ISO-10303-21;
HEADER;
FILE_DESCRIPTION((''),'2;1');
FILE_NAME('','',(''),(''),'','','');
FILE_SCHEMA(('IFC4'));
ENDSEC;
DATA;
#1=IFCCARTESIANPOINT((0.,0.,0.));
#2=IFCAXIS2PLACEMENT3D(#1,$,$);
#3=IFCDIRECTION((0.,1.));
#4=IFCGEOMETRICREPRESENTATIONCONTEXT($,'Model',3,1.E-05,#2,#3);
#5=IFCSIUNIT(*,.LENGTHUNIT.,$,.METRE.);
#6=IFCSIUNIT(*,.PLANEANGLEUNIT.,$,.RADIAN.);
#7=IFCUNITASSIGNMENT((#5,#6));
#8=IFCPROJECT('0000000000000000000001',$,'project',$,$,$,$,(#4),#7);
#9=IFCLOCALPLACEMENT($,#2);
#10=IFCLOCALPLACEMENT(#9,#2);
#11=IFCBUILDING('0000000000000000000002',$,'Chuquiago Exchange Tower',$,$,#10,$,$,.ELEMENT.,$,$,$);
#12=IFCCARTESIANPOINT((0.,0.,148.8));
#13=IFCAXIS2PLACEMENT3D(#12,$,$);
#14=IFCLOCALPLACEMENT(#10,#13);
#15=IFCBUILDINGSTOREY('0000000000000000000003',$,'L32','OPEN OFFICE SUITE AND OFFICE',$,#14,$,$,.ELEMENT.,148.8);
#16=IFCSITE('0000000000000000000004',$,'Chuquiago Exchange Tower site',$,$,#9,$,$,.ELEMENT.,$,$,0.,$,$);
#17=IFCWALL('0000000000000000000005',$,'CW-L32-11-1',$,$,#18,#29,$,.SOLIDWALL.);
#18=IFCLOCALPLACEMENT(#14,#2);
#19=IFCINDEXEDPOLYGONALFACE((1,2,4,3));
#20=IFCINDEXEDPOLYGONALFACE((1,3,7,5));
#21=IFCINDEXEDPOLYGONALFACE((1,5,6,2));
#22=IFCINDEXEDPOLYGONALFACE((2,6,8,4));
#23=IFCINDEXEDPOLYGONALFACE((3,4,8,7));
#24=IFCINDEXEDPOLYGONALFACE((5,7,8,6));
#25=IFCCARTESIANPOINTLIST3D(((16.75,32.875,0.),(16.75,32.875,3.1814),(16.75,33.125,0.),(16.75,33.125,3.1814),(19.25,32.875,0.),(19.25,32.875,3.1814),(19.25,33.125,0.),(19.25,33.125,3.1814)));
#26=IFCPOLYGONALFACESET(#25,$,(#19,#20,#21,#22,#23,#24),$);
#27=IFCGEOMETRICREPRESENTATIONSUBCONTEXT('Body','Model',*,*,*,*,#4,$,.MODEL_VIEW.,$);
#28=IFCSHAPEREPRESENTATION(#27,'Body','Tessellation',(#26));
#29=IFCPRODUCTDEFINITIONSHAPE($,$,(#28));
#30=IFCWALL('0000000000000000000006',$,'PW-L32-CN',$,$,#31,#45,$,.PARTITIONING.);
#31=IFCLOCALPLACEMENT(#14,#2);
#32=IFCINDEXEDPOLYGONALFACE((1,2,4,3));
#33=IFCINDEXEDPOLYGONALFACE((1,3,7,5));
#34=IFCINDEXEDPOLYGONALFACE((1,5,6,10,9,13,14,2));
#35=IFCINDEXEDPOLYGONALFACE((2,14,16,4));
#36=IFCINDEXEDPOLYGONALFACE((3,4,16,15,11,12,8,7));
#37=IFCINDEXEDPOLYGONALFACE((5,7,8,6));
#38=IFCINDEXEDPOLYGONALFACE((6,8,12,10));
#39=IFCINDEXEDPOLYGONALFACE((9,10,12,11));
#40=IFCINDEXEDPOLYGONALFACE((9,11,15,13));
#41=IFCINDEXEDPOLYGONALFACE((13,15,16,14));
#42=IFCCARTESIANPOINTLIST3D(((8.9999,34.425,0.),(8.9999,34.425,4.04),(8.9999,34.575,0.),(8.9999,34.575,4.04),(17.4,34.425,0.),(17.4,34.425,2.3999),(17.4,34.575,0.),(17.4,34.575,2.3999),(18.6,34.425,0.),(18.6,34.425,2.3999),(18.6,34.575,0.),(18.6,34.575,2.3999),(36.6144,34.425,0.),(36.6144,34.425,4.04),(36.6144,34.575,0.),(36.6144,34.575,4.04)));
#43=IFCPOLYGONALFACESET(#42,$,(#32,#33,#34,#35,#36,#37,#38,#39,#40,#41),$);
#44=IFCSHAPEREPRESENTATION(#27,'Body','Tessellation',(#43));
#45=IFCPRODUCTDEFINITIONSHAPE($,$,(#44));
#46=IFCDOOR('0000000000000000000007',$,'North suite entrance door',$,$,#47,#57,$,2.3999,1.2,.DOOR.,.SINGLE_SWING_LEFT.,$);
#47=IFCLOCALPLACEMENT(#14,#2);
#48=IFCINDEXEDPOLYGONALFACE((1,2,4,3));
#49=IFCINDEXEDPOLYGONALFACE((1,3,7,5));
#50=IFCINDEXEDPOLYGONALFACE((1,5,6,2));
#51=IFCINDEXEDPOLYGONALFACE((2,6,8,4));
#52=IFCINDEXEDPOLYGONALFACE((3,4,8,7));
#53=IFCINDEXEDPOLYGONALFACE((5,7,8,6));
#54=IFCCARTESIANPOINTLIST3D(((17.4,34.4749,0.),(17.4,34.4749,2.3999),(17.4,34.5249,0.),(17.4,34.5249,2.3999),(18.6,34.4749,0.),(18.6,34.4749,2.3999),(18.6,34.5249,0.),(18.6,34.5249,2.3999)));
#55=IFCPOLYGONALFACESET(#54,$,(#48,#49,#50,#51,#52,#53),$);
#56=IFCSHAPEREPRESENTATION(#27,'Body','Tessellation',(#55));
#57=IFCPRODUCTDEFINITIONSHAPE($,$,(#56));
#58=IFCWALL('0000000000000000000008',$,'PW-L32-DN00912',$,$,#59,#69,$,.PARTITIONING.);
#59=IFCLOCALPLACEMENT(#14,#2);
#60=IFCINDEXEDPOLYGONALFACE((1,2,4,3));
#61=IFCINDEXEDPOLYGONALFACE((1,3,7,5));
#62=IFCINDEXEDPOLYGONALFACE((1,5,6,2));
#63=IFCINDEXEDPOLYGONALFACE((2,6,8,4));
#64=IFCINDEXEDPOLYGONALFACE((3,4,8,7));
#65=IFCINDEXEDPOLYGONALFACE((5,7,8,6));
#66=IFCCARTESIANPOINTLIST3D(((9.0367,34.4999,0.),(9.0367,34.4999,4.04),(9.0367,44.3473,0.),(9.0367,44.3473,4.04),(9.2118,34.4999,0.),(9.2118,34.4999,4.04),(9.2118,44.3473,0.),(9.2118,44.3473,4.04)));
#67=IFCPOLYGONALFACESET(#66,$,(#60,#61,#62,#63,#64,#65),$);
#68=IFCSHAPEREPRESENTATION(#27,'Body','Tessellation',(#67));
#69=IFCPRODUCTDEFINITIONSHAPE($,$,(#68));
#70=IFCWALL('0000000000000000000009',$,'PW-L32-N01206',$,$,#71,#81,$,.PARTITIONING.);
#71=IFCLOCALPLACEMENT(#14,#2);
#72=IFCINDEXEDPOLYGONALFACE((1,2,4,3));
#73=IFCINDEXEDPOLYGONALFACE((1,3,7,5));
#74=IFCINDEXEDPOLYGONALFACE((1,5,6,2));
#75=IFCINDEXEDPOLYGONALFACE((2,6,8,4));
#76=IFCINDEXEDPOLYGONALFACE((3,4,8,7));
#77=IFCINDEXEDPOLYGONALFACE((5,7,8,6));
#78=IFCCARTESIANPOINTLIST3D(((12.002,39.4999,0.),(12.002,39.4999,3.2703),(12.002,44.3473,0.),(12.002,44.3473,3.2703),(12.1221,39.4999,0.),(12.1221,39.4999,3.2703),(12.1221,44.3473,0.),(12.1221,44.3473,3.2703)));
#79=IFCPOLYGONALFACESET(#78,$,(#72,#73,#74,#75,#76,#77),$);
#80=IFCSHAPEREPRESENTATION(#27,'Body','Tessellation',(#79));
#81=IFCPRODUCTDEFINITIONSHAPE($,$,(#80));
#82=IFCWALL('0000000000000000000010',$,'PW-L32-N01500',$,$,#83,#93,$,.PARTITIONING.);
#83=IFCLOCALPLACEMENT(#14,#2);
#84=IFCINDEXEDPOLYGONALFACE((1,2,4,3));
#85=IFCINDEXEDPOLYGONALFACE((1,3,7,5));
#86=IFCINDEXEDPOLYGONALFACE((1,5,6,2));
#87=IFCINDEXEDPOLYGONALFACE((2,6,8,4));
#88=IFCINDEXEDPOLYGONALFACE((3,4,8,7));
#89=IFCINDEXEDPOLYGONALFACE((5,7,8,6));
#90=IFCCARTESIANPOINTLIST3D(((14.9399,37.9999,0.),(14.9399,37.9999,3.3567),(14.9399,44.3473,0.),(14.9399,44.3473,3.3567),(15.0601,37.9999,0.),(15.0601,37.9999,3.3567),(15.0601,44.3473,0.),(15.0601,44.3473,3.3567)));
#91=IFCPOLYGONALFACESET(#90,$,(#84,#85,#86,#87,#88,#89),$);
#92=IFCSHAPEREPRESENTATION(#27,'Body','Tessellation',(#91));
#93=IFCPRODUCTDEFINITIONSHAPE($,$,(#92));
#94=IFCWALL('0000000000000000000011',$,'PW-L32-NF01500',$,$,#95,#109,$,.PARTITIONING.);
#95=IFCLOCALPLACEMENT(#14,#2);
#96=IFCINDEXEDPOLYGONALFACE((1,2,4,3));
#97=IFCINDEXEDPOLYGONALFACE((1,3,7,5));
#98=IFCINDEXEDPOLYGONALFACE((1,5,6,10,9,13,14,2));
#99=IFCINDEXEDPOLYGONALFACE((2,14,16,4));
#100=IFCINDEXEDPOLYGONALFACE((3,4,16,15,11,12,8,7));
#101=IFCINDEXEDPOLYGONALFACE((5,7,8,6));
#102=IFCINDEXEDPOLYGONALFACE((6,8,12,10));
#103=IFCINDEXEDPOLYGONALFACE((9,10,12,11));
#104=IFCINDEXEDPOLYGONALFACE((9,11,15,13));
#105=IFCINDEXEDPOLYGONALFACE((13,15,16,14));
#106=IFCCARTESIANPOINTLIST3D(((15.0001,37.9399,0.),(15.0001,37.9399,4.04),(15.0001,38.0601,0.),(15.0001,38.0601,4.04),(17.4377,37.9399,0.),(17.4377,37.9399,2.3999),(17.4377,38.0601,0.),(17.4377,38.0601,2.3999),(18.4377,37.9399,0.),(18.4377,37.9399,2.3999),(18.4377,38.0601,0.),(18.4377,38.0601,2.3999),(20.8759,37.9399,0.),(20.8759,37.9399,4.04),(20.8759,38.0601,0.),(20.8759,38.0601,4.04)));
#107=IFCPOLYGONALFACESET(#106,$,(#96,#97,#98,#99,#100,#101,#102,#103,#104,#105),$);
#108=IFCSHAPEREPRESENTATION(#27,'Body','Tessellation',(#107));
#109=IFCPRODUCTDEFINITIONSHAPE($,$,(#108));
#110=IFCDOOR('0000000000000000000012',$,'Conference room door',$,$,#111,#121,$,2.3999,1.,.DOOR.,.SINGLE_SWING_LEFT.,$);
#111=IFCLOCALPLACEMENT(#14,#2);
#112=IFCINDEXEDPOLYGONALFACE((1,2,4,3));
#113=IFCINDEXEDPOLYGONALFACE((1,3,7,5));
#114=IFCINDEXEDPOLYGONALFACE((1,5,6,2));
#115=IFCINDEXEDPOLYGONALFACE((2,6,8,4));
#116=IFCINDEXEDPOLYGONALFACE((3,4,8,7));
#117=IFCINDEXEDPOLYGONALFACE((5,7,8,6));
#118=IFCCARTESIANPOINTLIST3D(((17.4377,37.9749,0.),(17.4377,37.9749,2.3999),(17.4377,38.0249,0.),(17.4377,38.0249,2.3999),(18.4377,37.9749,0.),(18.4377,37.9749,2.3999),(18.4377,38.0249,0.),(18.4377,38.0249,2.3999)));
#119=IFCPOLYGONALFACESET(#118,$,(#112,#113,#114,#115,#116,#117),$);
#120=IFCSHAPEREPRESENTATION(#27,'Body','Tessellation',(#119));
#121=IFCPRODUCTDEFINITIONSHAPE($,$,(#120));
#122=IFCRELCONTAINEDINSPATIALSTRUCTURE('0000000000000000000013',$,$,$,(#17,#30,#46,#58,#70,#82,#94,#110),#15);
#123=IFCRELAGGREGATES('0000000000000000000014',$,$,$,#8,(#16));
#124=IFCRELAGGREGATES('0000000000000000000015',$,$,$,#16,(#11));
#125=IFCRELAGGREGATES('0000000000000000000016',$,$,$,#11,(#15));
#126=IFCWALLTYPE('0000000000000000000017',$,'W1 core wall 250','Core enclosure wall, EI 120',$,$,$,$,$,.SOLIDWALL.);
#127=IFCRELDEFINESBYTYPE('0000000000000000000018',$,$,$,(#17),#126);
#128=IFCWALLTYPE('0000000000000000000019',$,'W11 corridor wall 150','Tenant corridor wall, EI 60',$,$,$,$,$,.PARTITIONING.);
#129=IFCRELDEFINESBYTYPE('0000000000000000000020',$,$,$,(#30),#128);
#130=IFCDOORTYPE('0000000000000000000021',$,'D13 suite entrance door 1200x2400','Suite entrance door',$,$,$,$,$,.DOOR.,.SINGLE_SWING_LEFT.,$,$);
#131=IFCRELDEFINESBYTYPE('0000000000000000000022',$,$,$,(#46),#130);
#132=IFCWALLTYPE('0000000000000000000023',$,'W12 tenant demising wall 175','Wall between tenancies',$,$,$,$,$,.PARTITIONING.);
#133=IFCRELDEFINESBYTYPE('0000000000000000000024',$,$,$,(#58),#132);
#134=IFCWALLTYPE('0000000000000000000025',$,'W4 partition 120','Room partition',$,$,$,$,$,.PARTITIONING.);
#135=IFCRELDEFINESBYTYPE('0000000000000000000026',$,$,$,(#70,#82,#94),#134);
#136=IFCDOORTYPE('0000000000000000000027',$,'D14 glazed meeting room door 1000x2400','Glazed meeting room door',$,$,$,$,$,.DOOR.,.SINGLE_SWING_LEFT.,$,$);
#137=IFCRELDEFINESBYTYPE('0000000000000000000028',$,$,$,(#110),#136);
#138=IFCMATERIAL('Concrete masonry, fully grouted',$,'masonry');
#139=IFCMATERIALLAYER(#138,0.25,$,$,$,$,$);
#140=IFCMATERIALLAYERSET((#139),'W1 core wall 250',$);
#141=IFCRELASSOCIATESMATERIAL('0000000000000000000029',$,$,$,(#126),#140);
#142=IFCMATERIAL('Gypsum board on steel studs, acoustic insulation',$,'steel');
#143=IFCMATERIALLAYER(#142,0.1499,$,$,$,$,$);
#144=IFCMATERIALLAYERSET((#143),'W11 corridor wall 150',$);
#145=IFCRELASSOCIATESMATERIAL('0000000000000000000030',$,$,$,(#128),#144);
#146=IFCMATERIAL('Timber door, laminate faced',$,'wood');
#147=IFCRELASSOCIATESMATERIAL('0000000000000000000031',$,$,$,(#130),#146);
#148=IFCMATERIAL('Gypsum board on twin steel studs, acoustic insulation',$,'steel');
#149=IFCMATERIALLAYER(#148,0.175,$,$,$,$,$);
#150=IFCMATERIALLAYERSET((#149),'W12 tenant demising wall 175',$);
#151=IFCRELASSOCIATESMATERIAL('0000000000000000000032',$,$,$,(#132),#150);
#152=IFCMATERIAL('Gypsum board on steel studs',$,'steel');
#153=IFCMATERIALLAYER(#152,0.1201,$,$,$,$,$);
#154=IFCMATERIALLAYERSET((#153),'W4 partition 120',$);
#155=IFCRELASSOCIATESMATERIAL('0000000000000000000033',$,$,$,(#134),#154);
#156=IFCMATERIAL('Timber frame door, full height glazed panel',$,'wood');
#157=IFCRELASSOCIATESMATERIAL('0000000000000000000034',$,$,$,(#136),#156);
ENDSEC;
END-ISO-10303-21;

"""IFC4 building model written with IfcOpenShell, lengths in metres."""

from ifc_helpers import new_model, si_unit, direction, frame, frame_2d, origin, place, context, subcontext, project, spatial, rectangle, extrude, material, layer, layer_set, type_object, element, fill, save


model = new_model("IFC4")

# Units and contexts
model_context = context("Model", 3, precision=1e-05, world=origin(), true_north=direction((0.0, 1.0)))
body_context = subcontext(model_context, "Body", "Model", "MODEL_VIEW")
ifc_project = project(units=[si_unit("LENGTHUNIT", "METRE"), si_unit("PLANEANGLEUNIT", "RADIAN")], contexts=[model_context])

# Site, building, storey
site_placement = place(None, origin())
site = spatial("IfcSite", under=ifc_project, at=site_placement, Name="Chuquiago Exchange Tower site", CompositionType="ELEMENT", RefElevation=0.0)
building_placement = place(site_placement, origin())
building = spatial("IfcBuilding", under=site, at=building_placement, Name="Chuquiago Exchange Tower", CompositionType="ELEMENT")
storey_placement = place(building_placement, frame((0.0, 0.0, 148.8)))
storey = spatial("IfcBuildingStorey", under=building, at=storey_placement, Name="L32", Description="OPEN OFFICE SUITE AND OFFICE", CompositionType="ELEMENT", Elevation=148.8)

# Wall
ifc_material_1 = material(Name="Concrete masonry, fully grouted", Category="masonry")
ifc_layer_1 = layer(ifc_material_1, 0.25)
ifc_layer_set_1 = layer_set([ifc_layer_1], Name="W1 core wall 250")
wall_type_1 = type_object("IfcWallType", Name="W1 core wall 250", Description="Core enclosure wall, EI 120", PredefinedType="SOLIDWALL", material=ifc_layer_set_1)
wall_1_placement = place(storey_placement, frame((16.75, 33.0, 0.0), z_axis=(0.0, 0.0, 1.0), x_axis=(1.0, 0.0, 0.0)))
element("IfcWall", 1, at=wall_1_placement, inside=storey, type_object=wall_type_1, Name="CW-L32-11-1", PredefinedType="SOLIDWALL", context=body_context, shape_type="SweptSolid", body=[
    extrude(rectangle(XDim=2.5, YDim=0.25, at=frame_2d((1.25, 0.0))), origin(), (0.0, 0.0, 1.0), 3.1814),
])

# Wall, opening, door
ifc_material_2 = material(Name="Gypsum board on steel studs, acoustic insulation", Category="steel")
ifc_layer_2 = layer(ifc_material_2, 0.1499)
ifc_layer_set_2 = layer_set([ifc_layer_2], Name="W11 corridor wall 150")
wall_type_2 = type_object("IfcWallType", Name="W11 corridor wall 150", Description="Tenant corridor wall, EI 60", PredefinedType="PARTITIONING", material=ifc_layer_set_2)
wall_2_placement = place(storey_placement, frame((9.0, 34.5, 0.0), z_axis=(0.0, 0.0, 1.0), x_axis=(1.0, 0.0, 0.0)))
wall_2 = element("IfcWall", 2, at=wall_2_placement, inside=storey, type_object=wall_type_2, Name="PW-L32-CN", PredefinedType="PARTITIONING", context=body_context, shape_type="SweptSolid", body=[
    extrude(rectangle(XDim=27.6145, YDim=0.1499, at=frame_2d((13.8071, 0.0))), origin(), (0.0, 0.0, 1.0), 4.04),
])
opening_1_placement = place(wall_2_placement, frame((8.3999, 0.0, 0.0)))
opening_1 = element("IfcOpeningElement", 3, at=opening_1_placement, cuts=wall_2, PredefinedType="OPENING", context=body_context, shape_type="SweptSolid", body=[
    extrude(rectangle(XDim=1.2, YDim=2.3999, at=frame_2d((0.6001, 1.2))), frame((0.0, 0.085, 0.0), z_axis=(0.0, -1.0, 0.0), x_axis=(1.0, 0.0, 0.0)), (0.0, 0.0, 1.0), 0.1699),
])
ifc_material_3 = material(Name="Timber door, laminate faced", Category="wood")
door_type_1 = type_object("IfcDoorType", Name="D13 suite entrance door 1200x2400", Description="Suite entrance door", OperationType="SINGLE_SWING_LEFT", PredefinedType="DOOR", material=ifc_material_3)
door_1_placement = place(opening_1_placement, origin())
door_1 = element("IfcDoor", 4, at=door_1_placement, inside=storey, type_object=door_type_1, Name="North suite entrance door", OperationType="SINGLE_SWING_LEFT", OverallHeight=2.3999, OverallWidth=1.2, PredefinedType="DOOR", context=body_context, shape_type="SweptSolid", body=[
    extrude(rectangle(XDim=1.2, YDim=2.3999, at=frame_2d((0.6001, 1.2))), frame((0.0, 0.0249, 0.0), z_axis=(0.0, -1.0, 0.0), x_axis=(1.0, 0.0, 0.0)), (0.0, 0.0, 1.0), 0.05),
])
fill(opening_1, door_1)

# Walls
ifc_material_4 = material(Name="Gypsum board on twin steel studs, acoustic insulation", Category="steel")
ifc_layer_3 = layer(ifc_material_4, 0.175)
ifc_layer_set_3 = layer_set([ifc_layer_3], Name="W12 tenant demising wall 175")
wall_type_3 = type_object("IfcWallType", Name="W12 tenant demising wall 175", Description="Wall between tenancies", PredefinedType="PARTITIONING", material=ifc_layer_set_3)
wall_3_placement = place(storey_placement, frame((9.1243, 44.3474, 0.0), z_axis=(0.0, 0.0, 1.0), x_axis=(0.0, -1.0, 0.0)))
element("IfcWall", 5, at=wall_3_placement, inside=storey, type_object=wall_type_3, Name="PW-L32-DN00912", PredefinedType="PARTITIONING", context=body_context, shape_type="SweptSolid", body=[
    extrude(rectangle(XDim=9.8474, YDim=0.175, at=frame_2d((4.9238, 0.0))), origin(), (0.0, 0.0, 1.0), 4.04),
])
ifc_material_5 = material(Name="Gypsum board on steel studs", Category="steel")
ifc_layer_4 = layer(ifc_material_5, 0.1201)
ifc_layer_set_4 = layer_set([ifc_layer_4], Name="W4 partition 120")
wall_type_4 = type_object("IfcWallType", Name="W4 partition 120", Description="Room partition", PredefinedType="PARTITIONING", material=ifc_layer_set_4)
wall_4_placement = place(storey_placement, frame((12.062, 44.3474, 0.0), z_axis=(0.0, 0.0, 1.0), x_axis=(0.0, -1.0, 0.0)))
element("IfcWall", 6, at=wall_4_placement, inside=storey, type_object=wall_type_4, Name="PW-L32-N01206", PredefinedType="PARTITIONING", context=body_context, shape_type="SweptSolid", body=[
    extrude(rectangle(XDim=4.8474, YDim=0.1201, at=frame_2d((2.4238, 0.0))), origin(), (0.0, 0.0, 1.0), 3.2703),
])
wall_5_placement = place(storey_placement, frame((15.0, 44.3474, 0.0), z_axis=(0.0, 0.0, 1.0), x_axis=(0.0, -1.0, 0.0)))
element("IfcWall", 7, at=wall_5_placement, inside=storey, type_object=wall_type_4, Name="PW-L32-N01500", PredefinedType="PARTITIONING", context=body_context, shape_type="SweptSolid", body=[
    extrude(rectangle(XDim=6.3474, YDim=0.1201, at=frame_2d((3.1738, 0.0))), origin(), (0.0, 0.0, 1.0), 3.3567),
])

# Wall, opening, door
wall_6_placement = place(storey_placement, frame((15.0, 38.0, 0.0), z_axis=(0.0, 0.0, 1.0), x_axis=(1.0, 0.0, 0.0)))
wall_6 = element("IfcWall", 8, at=wall_6_placement, inside=storey, type_object=wall_type_4, Name="PW-L32-NF01500", PredefinedType="PARTITIONING", context=body_context, shape_type="SweptSolid", body=[
    extrude(rectangle(XDim=5.8757, YDim=0.1201, at=frame_2d((2.938, 0.0))), origin(), (0.0, 0.0, 1.0), 4.04),
])
opening_2_placement = place(wall_6_placement, frame((2.4377, 0.0, 0.0)))
opening_2 = element("IfcOpeningElement", 9, at=opening_2_placement, cuts=wall_6, PredefinedType="OPENING", context=body_context, shape_type="SweptSolid", body=[
    extrude(rectangle(XDim=1.0, YDim=2.3999, at=frame_2d((0.5, 1.2))), frame((0.0, 0.0701, 0.0), z_axis=(0.0, -1.0, 0.0), x_axis=(1.0, 0.0, 0.0)), (0.0, 0.0, 1.0), 0.1401),
])
ifc_material_6 = material(Name="Timber frame door, full height glazed panel", Category="wood")
door_type_2 = type_object("IfcDoorType", Name="D14 glazed meeting room door 1000x2400", Description="Glazed meeting room door", OperationType="SINGLE_SWING_LEFT", PredefinedType="DOOR", material=ifc_material_6)
door_2_placement = place(opening_2_placement, origin())
door_2 = element("IfcDoor", 10, at=door_2_placement, inside=storey, type_object=door_type_2, Name="Conference room door", OperationType="SINGLE_SWING_LEFT", OverallHeight=2.3999, OverallWidth=1.0, PredefinedType="DOOR", context=body_context, shape_type="SweptSolid", body=[
    extrude(rectangle(XDim=1.0, YDim=2.3999, at=frame_2d((0.5, 1.2))), frame((0.0, 0.0249, 0.0), z_axis=(0.0, -1.0, 0.0), x_axis=(1.0, 0.0, 0.0)), (0.0, 0.0, 1.0), 0.05),
])
fill(opening_2, door_2)

save(model, "model.ifc")
